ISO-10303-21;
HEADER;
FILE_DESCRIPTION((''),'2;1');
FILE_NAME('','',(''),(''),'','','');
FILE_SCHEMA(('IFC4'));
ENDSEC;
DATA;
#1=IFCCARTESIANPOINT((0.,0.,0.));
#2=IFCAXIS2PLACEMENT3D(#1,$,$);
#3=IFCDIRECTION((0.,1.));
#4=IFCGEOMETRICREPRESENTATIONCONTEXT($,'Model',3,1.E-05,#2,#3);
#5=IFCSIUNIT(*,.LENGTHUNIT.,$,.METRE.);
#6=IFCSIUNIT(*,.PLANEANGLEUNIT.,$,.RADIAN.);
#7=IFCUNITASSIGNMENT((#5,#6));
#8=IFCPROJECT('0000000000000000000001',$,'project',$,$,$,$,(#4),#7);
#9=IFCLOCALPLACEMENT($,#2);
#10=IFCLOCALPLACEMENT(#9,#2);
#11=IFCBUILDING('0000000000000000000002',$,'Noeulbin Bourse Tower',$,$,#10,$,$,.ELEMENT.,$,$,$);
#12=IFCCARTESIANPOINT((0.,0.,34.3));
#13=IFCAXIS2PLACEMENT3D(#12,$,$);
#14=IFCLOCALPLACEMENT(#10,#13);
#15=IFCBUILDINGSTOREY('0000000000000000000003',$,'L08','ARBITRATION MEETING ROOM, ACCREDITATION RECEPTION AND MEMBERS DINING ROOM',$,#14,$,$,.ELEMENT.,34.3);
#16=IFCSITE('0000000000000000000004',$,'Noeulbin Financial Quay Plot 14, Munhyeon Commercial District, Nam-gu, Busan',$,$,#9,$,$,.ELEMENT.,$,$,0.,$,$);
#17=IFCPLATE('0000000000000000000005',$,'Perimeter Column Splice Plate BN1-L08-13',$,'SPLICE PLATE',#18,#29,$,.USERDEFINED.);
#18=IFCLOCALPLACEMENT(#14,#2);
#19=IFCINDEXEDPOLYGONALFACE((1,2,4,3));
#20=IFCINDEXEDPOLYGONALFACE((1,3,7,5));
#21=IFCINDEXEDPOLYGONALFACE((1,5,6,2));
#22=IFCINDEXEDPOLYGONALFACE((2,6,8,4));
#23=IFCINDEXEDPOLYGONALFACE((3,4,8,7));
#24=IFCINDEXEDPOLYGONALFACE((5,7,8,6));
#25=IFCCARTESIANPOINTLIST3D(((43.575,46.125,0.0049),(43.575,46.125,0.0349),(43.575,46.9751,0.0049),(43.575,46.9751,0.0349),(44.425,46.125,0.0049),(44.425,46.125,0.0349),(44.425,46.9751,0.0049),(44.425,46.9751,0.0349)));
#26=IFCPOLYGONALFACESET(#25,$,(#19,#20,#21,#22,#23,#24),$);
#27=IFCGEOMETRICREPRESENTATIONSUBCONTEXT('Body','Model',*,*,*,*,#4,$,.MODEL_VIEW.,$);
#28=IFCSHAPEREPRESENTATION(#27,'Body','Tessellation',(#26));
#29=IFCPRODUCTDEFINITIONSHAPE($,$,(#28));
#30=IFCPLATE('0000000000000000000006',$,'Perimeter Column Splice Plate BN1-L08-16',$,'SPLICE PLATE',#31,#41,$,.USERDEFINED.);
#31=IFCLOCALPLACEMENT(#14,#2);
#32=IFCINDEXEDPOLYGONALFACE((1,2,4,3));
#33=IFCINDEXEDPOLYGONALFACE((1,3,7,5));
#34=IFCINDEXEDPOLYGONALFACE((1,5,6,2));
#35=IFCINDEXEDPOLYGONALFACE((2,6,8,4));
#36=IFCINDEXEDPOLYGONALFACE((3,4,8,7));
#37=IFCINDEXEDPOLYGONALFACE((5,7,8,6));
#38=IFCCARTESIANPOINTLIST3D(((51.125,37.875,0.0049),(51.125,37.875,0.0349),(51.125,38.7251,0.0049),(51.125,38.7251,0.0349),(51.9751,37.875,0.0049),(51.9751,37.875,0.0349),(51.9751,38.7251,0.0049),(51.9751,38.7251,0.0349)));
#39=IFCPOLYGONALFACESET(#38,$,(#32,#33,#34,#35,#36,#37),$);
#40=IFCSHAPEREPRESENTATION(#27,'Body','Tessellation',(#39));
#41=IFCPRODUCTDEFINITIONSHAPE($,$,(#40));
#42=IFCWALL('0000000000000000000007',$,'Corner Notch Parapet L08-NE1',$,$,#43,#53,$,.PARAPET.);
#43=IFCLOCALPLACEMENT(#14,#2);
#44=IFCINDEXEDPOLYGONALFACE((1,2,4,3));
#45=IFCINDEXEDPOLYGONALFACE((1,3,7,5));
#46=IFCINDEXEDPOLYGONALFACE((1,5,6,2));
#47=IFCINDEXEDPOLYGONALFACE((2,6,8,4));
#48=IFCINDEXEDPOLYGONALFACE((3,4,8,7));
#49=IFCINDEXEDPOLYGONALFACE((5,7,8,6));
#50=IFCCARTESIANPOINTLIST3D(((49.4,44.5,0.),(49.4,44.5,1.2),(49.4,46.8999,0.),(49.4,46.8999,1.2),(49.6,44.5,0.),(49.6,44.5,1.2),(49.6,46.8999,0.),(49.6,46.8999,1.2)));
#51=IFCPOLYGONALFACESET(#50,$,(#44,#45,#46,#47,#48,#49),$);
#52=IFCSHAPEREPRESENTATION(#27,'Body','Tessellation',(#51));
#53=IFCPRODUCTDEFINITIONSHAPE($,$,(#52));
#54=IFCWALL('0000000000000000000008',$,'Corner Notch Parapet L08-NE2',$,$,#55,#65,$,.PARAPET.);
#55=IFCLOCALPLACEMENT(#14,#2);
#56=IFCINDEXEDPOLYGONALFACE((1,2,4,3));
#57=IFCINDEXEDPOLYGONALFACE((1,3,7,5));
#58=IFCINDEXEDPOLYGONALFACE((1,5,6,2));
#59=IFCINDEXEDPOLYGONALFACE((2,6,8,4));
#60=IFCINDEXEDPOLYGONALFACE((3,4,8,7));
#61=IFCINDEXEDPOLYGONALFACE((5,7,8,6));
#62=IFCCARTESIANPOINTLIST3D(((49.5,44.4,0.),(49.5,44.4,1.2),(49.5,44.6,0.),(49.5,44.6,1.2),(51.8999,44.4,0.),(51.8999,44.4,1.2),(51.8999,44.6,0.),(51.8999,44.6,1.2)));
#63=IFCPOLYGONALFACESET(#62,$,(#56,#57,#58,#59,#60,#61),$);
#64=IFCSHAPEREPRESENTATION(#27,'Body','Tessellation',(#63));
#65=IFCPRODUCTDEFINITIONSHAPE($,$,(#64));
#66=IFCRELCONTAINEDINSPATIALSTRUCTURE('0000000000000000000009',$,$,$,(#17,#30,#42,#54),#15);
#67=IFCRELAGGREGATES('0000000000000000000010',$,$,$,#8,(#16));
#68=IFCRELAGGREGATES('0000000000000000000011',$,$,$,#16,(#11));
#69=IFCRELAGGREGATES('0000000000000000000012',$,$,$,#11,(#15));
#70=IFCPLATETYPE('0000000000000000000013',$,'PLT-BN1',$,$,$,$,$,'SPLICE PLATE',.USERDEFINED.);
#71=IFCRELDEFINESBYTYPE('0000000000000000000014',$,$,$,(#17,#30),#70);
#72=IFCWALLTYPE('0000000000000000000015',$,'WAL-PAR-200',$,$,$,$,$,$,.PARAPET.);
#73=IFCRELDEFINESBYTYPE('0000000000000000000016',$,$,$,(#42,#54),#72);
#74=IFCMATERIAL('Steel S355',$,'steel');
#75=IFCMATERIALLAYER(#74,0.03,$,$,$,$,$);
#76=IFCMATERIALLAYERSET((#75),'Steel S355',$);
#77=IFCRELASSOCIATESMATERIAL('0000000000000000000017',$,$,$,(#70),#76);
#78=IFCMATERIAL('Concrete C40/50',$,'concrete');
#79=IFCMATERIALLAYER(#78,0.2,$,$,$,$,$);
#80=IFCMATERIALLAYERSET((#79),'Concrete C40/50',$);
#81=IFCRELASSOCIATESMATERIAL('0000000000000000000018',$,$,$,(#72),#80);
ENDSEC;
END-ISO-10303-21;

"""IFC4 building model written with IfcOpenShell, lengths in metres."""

from ifc_helpers import new_model, si_unit, direction, frame, frame_2d, origin, origin_2d, place, context, subcontext, project, spatial, rectangle, extrude, material, layer, layer_set, type_object, element, save


model = new_model("IFC4")

# Units and contexts
model_context = context("Model", 3, precision=1e-05, world=origin(), true_north=direction((0.0, 1.0)))
body_context = subcontext(model_context, "Body", "Model", "MODEL_VIEW")
ifc_project = project(units=[si_unit("LENGTHUNIT", "METRE"), si_unit("PLANEANGLEUNIT", "RADIAN")], contexts=[model_context])

# Site, building, storey
site_placement = place(None, origin())
site = spatial("IfcSite", under=ifc_project, at=site_placement, Name="Noeulbin Financial Quay Plot 14, Munhyeon Commercial District, Nam-gu, Busan", CompositionType="ELEMENT", RefElevation=0.0)
building_placement = place(site_placement, origin())
building = spatial("IfcBuilding", under=site, at=building_placement, Name="Noeulbin Bourse Tower", CompositionType="ELEMENT")
storey_placement = place(building_placement, frame((0.0, 0.0, 34.3)))
storey = spatial("IfcBuildingStorey", under=building, at=storey_placement, Name="L08", Description="ARBITRATION MEETING ROOM, ACCREDITATION RECEPTION AND MEMBERS DINING ROOM", CompositionType="ELEMENT", Elevation=34.3)

# Shared definitions
ifc_material_1 = material(Name="Steel S355", Category="steel")

# Plates
ifc_layer_1 = layer(ifc_material_1, 0.03)
ifc_layer_set_1 = layer_set([ifc_layer_1], Name="Steel S355")
plate_type_1 = type_object("IfcPlateType", Name="PLT-BN1", ElementType="SPLICE PLATE", PredefinedType="USERDEFINED", material=ifc_layer_set_1)
for number, where, z_axis, x_axis, name in (
    (1, (44.0, 46.55, 0.0049), (0.0, 0.0, 1.0), (1.0, 0.0, 0.0), "Perimeter Column Splice Plate BN1-L08-13"),
    (2, (51.55, 38.3, 0.0049), (0.0, 0.0, 1.0), (1.0, 0.0, 0.0), "Perimeter Column Splice Plate BN1-L08-16"),
):
    element("IfcPlate", number, at=place(storey_placement, frame(where, z_axis=z_axis, x_axis=x_axis)), inside=storey, type_object=plate_type_1, Name=name, ObjectType="SPLICE PLATE", PredefinedType="USERDEFINED", context=body_context, shape_type="SweptSolid", body=[
        extrude(rectangle(XDim=0.8501, YDim=0.8501, at=origin_2d()), origin(), (0.0, 0.0, 1.0), 0.03),
    ])

# Walls
ifc_material_2 = material(Name="Concrete C40/50", Category="concrete")
ifc_layer_2 = layer(ifc_material_2, 0.2)
ifc_layer_set_2 = layer_set([ifc_layer_2], Name="Concrete C40/50")
wall_type = type_object("IfcWallType", Name="WAL-PAR-200", PredefinedType="PARAPET", material=ifc_layer_set_2)
for number, where, z_axis, x_axis, name in (
    (3, (49.5, 46.8999, 0.0), (0.0, 0.0, 1.0), (0.0, -1.0, 0.0), "Corner Notch Parapet L08-NE1"),
    (4, (49.5, 44.5, 0.0), (0.0, 0.0, 1.0), (1.0, 0.0, 0.0), "Corner Notch Parapet L08-NE2"),
):
    element("IfcWall", number, at=place(storey_placement, frame(where, z_axis=z_axis, x_axis=x_axis)), inside=storey, type_object=wall_type, Name=name, PredefinedType="PARAPET", context=body_context, shape_type="SweptSolid", body=[
        extrude(rectangle(XDim=2.3999, YDim=0.2, at=frame_2d((1.2, 0.0))), origin(), (0.0, 0.0, 1.0), 1.2),
    ])

save(model, "model.ifc")
